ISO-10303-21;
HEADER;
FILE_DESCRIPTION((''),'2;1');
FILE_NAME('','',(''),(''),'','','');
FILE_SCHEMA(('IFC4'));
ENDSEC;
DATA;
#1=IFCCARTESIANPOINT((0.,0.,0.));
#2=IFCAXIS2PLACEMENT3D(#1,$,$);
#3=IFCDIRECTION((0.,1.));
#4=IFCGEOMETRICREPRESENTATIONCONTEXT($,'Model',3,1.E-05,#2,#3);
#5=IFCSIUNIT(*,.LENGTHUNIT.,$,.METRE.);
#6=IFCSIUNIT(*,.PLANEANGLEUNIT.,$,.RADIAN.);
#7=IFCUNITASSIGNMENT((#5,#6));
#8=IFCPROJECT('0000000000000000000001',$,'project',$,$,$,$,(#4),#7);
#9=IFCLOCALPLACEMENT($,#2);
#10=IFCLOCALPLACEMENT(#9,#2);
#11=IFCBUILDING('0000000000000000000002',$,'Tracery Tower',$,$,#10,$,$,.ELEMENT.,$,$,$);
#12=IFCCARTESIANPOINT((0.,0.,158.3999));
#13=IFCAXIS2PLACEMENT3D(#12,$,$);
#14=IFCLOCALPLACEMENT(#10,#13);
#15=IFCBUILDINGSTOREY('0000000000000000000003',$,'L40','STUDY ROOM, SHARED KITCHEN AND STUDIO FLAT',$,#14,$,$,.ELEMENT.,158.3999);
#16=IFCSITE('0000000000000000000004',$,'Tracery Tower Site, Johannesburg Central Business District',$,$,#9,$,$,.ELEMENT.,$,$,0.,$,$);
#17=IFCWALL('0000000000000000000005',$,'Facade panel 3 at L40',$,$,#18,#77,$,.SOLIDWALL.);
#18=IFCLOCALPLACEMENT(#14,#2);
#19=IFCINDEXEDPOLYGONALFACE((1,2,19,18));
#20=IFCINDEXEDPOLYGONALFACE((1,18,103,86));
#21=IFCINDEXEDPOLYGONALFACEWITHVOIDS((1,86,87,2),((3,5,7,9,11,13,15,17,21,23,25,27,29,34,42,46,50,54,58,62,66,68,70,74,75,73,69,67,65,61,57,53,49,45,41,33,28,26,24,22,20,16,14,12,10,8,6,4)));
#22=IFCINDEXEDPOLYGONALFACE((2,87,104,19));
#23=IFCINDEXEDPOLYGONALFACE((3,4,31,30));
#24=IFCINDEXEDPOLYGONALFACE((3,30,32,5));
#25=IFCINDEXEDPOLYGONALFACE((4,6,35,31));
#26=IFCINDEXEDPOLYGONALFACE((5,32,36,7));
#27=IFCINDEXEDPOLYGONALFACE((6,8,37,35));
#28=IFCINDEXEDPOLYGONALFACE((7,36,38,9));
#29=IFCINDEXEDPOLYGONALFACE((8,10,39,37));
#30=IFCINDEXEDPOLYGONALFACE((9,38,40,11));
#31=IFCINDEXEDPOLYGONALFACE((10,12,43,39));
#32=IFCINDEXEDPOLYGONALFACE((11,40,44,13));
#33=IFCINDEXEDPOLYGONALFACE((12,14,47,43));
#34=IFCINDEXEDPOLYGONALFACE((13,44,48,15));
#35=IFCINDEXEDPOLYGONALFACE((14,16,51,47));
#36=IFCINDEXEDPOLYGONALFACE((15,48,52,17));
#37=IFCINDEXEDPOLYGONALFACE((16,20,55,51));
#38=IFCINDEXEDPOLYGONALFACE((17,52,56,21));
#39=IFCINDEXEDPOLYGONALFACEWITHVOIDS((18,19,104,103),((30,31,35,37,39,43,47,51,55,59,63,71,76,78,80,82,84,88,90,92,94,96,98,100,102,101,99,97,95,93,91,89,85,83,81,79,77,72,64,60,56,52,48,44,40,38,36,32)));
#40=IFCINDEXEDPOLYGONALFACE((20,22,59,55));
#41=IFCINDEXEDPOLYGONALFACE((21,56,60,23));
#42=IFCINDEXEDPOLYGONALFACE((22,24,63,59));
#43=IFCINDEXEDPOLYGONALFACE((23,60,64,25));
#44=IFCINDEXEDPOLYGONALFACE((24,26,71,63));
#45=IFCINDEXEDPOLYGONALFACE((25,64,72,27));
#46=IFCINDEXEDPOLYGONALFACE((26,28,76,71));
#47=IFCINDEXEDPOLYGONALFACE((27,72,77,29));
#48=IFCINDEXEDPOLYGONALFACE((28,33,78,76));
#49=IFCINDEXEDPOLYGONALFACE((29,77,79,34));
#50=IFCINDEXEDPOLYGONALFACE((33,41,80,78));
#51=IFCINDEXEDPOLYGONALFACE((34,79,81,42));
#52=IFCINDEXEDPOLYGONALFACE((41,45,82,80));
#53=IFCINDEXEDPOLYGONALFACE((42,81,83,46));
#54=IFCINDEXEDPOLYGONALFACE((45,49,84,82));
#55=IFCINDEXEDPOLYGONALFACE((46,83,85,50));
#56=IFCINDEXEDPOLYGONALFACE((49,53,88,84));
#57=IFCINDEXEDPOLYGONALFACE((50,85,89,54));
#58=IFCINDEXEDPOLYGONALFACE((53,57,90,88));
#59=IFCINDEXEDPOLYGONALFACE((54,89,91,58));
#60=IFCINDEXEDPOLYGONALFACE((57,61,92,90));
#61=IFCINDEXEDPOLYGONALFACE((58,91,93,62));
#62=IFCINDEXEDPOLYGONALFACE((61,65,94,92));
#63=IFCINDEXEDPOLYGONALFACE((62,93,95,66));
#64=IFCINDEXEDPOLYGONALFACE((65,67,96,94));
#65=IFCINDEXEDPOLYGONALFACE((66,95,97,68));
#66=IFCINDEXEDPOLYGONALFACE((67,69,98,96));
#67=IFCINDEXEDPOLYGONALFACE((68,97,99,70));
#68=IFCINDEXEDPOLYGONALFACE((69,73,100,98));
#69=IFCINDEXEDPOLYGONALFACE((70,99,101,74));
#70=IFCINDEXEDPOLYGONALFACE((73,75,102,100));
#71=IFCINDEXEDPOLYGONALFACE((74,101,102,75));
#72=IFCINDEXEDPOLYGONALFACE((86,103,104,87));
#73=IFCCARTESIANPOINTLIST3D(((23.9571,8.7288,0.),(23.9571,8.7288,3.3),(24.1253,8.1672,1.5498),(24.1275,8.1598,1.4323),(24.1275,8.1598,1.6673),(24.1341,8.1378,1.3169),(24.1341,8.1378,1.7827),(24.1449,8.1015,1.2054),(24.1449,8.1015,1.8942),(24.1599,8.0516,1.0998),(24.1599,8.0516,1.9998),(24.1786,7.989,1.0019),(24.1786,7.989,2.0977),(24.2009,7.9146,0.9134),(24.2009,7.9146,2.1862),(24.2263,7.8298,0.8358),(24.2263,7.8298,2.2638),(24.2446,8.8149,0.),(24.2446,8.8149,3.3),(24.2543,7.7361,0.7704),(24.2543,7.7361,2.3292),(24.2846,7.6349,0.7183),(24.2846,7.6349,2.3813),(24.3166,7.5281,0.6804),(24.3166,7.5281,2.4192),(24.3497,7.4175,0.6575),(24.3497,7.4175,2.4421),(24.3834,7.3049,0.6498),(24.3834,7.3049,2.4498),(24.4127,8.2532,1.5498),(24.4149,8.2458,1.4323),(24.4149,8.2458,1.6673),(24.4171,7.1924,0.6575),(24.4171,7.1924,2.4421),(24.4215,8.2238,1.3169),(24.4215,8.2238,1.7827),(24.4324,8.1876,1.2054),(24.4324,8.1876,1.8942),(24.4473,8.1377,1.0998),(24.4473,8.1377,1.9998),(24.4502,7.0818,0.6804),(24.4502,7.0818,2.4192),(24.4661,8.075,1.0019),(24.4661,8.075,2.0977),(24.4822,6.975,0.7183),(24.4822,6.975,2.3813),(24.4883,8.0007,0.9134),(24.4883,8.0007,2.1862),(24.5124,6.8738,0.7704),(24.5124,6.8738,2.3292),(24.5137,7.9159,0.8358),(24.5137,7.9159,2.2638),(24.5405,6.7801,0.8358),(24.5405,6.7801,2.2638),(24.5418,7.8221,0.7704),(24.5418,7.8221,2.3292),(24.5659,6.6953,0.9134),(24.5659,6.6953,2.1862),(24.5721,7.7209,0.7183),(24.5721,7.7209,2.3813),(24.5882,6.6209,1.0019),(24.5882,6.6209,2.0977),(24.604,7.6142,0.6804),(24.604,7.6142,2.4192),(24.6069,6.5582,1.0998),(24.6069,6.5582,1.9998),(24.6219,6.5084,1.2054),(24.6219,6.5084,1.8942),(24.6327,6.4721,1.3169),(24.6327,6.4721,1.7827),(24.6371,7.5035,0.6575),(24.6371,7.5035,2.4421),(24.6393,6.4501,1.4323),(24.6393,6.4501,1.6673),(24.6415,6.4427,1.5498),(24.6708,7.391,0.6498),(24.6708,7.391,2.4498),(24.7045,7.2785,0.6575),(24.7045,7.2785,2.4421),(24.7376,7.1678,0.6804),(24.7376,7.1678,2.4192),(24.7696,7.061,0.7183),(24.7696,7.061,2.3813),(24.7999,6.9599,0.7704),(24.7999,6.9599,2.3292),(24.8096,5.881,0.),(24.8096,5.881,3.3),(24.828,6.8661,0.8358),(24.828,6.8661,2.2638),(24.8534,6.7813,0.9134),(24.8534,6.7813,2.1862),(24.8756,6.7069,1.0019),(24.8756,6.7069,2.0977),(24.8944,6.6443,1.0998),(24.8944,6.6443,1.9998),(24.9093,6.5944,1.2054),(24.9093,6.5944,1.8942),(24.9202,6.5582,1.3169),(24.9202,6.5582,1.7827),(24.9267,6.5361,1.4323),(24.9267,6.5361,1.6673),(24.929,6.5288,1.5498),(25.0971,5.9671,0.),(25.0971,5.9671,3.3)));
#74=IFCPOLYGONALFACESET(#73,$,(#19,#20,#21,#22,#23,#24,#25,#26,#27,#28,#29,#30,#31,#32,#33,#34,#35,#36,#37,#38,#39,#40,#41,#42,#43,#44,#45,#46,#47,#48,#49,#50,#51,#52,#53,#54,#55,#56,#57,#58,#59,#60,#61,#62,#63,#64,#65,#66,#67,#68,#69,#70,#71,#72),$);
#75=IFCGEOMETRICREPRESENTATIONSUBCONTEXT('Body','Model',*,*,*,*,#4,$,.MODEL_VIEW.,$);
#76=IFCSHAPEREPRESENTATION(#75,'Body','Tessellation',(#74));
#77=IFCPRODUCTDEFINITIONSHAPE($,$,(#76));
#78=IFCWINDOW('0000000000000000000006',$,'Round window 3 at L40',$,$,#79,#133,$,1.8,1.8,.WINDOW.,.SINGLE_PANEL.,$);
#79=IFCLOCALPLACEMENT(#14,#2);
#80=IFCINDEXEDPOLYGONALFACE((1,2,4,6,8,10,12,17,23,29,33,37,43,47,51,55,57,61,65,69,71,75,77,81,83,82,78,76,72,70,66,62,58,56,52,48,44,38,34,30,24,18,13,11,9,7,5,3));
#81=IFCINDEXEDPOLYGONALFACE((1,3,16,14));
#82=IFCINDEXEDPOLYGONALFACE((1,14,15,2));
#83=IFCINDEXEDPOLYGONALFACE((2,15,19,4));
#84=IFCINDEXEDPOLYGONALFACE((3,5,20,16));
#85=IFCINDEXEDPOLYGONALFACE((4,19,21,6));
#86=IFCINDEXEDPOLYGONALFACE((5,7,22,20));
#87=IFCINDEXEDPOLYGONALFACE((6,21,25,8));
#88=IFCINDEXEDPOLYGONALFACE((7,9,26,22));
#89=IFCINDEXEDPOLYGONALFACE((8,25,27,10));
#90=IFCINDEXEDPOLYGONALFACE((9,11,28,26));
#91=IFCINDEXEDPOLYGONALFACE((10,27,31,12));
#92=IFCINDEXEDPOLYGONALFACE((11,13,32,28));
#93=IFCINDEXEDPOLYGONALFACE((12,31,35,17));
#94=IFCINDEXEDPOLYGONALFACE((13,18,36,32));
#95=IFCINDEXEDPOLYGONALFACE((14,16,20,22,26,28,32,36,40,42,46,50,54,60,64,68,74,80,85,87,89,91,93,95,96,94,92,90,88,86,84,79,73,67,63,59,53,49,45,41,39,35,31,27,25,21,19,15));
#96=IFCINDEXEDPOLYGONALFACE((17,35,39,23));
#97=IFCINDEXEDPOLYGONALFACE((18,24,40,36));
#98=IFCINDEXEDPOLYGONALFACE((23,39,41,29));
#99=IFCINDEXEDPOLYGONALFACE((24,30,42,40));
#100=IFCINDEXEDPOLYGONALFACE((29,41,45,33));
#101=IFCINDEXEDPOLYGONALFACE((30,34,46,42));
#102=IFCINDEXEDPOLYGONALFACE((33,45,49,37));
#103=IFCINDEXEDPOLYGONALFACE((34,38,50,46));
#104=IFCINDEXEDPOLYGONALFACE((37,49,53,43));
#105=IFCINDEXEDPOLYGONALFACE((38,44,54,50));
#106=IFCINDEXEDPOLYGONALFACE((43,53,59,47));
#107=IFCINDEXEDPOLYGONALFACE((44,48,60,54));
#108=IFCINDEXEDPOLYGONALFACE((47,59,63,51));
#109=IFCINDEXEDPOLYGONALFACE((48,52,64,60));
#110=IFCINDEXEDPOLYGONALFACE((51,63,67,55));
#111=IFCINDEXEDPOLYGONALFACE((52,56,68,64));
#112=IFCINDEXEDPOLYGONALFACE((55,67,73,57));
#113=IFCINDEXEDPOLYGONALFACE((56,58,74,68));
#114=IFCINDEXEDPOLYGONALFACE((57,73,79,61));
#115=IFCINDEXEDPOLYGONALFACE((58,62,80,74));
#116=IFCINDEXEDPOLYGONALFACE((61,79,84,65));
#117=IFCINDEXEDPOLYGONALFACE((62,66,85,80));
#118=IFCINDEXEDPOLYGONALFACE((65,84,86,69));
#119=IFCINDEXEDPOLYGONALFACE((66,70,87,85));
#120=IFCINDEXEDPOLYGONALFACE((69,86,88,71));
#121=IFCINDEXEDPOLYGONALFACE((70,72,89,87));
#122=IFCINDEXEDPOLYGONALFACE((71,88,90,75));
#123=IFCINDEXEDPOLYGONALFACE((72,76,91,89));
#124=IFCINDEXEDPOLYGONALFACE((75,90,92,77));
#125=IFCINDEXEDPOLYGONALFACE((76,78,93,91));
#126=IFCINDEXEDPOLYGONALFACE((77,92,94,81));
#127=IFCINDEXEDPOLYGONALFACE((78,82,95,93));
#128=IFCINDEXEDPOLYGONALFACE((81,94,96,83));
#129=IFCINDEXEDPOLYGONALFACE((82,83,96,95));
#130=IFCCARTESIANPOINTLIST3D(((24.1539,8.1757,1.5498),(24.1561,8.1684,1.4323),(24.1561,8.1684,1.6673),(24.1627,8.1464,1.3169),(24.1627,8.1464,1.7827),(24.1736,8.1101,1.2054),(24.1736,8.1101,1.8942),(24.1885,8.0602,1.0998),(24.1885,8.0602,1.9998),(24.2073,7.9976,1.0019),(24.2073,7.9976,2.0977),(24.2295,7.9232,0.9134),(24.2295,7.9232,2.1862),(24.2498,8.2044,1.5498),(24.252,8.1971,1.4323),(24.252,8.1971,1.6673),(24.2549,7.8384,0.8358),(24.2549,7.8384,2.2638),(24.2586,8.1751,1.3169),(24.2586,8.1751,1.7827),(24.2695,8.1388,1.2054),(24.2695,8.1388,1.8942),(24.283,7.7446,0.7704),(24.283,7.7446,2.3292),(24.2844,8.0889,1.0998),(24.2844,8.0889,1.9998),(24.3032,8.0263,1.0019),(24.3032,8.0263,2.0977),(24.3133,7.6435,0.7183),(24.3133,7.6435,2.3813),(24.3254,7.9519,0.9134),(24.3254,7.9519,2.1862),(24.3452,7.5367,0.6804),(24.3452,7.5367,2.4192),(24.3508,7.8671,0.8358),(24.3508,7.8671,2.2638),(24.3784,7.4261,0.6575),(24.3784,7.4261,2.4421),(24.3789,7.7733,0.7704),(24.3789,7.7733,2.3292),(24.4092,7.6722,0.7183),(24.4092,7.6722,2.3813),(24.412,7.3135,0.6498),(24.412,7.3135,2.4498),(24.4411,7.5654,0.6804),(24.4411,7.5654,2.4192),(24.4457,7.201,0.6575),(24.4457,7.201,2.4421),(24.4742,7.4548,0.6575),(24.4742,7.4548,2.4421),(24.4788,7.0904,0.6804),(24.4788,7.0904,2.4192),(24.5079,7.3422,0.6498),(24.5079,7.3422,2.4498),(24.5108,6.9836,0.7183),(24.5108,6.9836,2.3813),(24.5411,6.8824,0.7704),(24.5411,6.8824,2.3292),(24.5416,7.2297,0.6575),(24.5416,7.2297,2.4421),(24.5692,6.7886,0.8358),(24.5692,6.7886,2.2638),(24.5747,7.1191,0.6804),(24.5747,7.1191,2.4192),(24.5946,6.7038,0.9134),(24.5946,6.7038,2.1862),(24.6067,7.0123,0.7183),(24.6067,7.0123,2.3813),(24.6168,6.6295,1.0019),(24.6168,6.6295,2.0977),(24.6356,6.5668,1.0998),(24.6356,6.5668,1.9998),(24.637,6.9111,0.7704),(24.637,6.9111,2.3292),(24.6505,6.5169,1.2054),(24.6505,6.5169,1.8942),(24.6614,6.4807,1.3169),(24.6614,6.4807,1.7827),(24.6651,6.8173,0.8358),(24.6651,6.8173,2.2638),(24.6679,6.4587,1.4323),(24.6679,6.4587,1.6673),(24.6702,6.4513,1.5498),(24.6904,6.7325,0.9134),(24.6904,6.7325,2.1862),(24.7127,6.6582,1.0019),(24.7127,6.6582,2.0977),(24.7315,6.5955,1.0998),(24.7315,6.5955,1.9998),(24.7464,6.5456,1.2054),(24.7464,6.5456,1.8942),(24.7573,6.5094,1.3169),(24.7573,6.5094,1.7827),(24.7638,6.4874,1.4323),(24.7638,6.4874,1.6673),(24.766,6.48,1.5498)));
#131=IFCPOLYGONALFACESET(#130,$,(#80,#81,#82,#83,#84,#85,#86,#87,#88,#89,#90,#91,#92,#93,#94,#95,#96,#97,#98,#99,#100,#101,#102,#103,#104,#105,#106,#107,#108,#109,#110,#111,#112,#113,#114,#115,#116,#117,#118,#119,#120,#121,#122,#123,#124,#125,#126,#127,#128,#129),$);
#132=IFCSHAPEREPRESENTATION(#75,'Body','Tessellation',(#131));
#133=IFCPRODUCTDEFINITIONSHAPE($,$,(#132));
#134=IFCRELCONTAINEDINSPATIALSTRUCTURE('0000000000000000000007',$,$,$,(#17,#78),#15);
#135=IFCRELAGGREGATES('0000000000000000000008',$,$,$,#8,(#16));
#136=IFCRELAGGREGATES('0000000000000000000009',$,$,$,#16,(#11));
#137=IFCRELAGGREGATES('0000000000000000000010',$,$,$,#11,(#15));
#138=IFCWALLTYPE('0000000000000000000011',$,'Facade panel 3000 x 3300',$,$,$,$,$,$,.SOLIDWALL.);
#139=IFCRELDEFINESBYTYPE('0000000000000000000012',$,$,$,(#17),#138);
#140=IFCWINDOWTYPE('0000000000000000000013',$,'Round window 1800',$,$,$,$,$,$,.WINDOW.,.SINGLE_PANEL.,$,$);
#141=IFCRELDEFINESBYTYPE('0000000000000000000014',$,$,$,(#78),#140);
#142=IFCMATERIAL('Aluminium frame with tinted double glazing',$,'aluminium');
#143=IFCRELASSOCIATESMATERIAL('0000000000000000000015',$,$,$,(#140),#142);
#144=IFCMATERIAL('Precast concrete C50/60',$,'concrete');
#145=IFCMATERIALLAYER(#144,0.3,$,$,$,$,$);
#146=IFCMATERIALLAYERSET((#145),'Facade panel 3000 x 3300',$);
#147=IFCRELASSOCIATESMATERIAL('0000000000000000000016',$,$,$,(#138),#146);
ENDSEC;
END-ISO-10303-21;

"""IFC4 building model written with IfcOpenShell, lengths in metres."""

from ifc_helpers import new_model, si_unit, direction, frame, frame_2d, origin, origin_2d, place, context, subcontext, project, spatial, rectangle, circle, extrude, material, layer, layer_set, type_object, element, fill, save


model = new_model("IFC4")

# Units and contexts
model_context = context("Model", 3, precision=1e-05, world=origin(), true_north=direction((0.0, 1.0)))
body_context = subcontext(model_context, "Body", "Model", "MODEL_VIEW")
ifc_project = project(units=[si_unit("LENGTHUNIT", "METRE"), si_unit("PLANEANGLEUNIT", "RADIAN")], contexts=[model_context])

# Site, building, storey
site_placement = place(None, origin())
site = spatial("IfcSite", under=ifc_project, at=site_placement, Name="Tracery Tower Site, Johannesburg Central Business District", CompositionType="ELEMENT", RefElevation=0.0)
building_placement = place(site_placement, origin())
building = spatial("IfcBuilding", under=site, at=building_placement, Name="Tracery Tower", CompositionType="ELEMENT")
storey_placement = place(building_placement, frame((0.0, 0.0, 158.3999)))
storey = spatial("IfcBuildingStorey", under=building, at=storey_placement, Name="L40", Description="STUDY ROOM, SHARED KITCHEN AND STUDIO FLAT", CompositionType="ELEMENT", Elevation=158.3999)

# Wall, opening, window
ifc_material_1 = material(Name="Aluminium frame with tinted double glazing", Category="aluminium")
window_type = type_object("IfcWindowType", Name="Round window 1800", PartitioningType="SINGLE_PANEL", PredefinedType="WINDOW", material=ifc_material_1)
ifc_material_2 = material(Name="Precast concrete C50/60", Category="concrete")
ifc_layer_1 = layer(ifc_material_2, 0.3)
ifc_layer_set_1 = layer_set([ifc_layer_1], Name="Facade panel 3000 x 3300")
wall_type_1 = type_object("IfcWallType", Name="Facade panel 3000 x 3300", PredefinedType="SOLIDWALL", material=ifc_layer_set_1)
wall_1_placement = place(storey_placement, frame((24.9534, 5.9241, 0.0), z_axis=(0.0, 0.0, 1.0), x_axis=(-0.286783, 0.957996, 0.0)))
wall_1 = element("IfcWall", 1, at=wall_1_placement, inside=storey, type_object=wall_type_1, Name="Facade panel 3 at L40", PredefinedType="SOLIDWALL", context=body_context, shape_type="SweptSolid", body=[
    extrude(rectangle(XDim=2.9727, YDim=0.3, at=frame_2d((1.4863, 0.0))), origin(), (0.0, 0.0, 1.0), 3.3),
])
opening_1_placement = place(wall_1_placement, frame((1.4863, 0.0, 1.5498)))
opening_1 = element("IfcOpeningElement", 2, at=opening_1_placement, cuts=wall_1, PredefinedType="OPENING", context=body_context, shape_type="SweptSolid", body=[
    extrude(circle(Radius=0.9, at=origin_2d()), frame((0.0, 0.1599, 0.0), z_axis=(0.0, -1.0, 0.0), x_axis=(1.0, 0.0, 0.0)), (0.0, 0.0, 1.0), 0.3201),
])
window_1_placement = place(opening_1_placement, origin())
window_1 = element("IfcWindow", 3, at=window_1_placement, inside=storey, type_object=window_type, Name="Round window 3 at L40", OverallHeight=1.8, OverallWidth=1.8, PartitioningType="SINGLE_PANEL", PredefinedType="WINDOW", context=body_context, shape_type="SweptSolid", body=[
    extrude(circle(Radius=0.9, at=origin_2d()), frame((0.0, 0.1201, 0.0), z_axis=(0.0, -1.0, 0.0), x_axis=(1.0, 0.0, 0.0)), (0.0, 0.0, 1.0), 0.1001),
])
fill(opening_1, window_1)

save(model, "model.ifc")
